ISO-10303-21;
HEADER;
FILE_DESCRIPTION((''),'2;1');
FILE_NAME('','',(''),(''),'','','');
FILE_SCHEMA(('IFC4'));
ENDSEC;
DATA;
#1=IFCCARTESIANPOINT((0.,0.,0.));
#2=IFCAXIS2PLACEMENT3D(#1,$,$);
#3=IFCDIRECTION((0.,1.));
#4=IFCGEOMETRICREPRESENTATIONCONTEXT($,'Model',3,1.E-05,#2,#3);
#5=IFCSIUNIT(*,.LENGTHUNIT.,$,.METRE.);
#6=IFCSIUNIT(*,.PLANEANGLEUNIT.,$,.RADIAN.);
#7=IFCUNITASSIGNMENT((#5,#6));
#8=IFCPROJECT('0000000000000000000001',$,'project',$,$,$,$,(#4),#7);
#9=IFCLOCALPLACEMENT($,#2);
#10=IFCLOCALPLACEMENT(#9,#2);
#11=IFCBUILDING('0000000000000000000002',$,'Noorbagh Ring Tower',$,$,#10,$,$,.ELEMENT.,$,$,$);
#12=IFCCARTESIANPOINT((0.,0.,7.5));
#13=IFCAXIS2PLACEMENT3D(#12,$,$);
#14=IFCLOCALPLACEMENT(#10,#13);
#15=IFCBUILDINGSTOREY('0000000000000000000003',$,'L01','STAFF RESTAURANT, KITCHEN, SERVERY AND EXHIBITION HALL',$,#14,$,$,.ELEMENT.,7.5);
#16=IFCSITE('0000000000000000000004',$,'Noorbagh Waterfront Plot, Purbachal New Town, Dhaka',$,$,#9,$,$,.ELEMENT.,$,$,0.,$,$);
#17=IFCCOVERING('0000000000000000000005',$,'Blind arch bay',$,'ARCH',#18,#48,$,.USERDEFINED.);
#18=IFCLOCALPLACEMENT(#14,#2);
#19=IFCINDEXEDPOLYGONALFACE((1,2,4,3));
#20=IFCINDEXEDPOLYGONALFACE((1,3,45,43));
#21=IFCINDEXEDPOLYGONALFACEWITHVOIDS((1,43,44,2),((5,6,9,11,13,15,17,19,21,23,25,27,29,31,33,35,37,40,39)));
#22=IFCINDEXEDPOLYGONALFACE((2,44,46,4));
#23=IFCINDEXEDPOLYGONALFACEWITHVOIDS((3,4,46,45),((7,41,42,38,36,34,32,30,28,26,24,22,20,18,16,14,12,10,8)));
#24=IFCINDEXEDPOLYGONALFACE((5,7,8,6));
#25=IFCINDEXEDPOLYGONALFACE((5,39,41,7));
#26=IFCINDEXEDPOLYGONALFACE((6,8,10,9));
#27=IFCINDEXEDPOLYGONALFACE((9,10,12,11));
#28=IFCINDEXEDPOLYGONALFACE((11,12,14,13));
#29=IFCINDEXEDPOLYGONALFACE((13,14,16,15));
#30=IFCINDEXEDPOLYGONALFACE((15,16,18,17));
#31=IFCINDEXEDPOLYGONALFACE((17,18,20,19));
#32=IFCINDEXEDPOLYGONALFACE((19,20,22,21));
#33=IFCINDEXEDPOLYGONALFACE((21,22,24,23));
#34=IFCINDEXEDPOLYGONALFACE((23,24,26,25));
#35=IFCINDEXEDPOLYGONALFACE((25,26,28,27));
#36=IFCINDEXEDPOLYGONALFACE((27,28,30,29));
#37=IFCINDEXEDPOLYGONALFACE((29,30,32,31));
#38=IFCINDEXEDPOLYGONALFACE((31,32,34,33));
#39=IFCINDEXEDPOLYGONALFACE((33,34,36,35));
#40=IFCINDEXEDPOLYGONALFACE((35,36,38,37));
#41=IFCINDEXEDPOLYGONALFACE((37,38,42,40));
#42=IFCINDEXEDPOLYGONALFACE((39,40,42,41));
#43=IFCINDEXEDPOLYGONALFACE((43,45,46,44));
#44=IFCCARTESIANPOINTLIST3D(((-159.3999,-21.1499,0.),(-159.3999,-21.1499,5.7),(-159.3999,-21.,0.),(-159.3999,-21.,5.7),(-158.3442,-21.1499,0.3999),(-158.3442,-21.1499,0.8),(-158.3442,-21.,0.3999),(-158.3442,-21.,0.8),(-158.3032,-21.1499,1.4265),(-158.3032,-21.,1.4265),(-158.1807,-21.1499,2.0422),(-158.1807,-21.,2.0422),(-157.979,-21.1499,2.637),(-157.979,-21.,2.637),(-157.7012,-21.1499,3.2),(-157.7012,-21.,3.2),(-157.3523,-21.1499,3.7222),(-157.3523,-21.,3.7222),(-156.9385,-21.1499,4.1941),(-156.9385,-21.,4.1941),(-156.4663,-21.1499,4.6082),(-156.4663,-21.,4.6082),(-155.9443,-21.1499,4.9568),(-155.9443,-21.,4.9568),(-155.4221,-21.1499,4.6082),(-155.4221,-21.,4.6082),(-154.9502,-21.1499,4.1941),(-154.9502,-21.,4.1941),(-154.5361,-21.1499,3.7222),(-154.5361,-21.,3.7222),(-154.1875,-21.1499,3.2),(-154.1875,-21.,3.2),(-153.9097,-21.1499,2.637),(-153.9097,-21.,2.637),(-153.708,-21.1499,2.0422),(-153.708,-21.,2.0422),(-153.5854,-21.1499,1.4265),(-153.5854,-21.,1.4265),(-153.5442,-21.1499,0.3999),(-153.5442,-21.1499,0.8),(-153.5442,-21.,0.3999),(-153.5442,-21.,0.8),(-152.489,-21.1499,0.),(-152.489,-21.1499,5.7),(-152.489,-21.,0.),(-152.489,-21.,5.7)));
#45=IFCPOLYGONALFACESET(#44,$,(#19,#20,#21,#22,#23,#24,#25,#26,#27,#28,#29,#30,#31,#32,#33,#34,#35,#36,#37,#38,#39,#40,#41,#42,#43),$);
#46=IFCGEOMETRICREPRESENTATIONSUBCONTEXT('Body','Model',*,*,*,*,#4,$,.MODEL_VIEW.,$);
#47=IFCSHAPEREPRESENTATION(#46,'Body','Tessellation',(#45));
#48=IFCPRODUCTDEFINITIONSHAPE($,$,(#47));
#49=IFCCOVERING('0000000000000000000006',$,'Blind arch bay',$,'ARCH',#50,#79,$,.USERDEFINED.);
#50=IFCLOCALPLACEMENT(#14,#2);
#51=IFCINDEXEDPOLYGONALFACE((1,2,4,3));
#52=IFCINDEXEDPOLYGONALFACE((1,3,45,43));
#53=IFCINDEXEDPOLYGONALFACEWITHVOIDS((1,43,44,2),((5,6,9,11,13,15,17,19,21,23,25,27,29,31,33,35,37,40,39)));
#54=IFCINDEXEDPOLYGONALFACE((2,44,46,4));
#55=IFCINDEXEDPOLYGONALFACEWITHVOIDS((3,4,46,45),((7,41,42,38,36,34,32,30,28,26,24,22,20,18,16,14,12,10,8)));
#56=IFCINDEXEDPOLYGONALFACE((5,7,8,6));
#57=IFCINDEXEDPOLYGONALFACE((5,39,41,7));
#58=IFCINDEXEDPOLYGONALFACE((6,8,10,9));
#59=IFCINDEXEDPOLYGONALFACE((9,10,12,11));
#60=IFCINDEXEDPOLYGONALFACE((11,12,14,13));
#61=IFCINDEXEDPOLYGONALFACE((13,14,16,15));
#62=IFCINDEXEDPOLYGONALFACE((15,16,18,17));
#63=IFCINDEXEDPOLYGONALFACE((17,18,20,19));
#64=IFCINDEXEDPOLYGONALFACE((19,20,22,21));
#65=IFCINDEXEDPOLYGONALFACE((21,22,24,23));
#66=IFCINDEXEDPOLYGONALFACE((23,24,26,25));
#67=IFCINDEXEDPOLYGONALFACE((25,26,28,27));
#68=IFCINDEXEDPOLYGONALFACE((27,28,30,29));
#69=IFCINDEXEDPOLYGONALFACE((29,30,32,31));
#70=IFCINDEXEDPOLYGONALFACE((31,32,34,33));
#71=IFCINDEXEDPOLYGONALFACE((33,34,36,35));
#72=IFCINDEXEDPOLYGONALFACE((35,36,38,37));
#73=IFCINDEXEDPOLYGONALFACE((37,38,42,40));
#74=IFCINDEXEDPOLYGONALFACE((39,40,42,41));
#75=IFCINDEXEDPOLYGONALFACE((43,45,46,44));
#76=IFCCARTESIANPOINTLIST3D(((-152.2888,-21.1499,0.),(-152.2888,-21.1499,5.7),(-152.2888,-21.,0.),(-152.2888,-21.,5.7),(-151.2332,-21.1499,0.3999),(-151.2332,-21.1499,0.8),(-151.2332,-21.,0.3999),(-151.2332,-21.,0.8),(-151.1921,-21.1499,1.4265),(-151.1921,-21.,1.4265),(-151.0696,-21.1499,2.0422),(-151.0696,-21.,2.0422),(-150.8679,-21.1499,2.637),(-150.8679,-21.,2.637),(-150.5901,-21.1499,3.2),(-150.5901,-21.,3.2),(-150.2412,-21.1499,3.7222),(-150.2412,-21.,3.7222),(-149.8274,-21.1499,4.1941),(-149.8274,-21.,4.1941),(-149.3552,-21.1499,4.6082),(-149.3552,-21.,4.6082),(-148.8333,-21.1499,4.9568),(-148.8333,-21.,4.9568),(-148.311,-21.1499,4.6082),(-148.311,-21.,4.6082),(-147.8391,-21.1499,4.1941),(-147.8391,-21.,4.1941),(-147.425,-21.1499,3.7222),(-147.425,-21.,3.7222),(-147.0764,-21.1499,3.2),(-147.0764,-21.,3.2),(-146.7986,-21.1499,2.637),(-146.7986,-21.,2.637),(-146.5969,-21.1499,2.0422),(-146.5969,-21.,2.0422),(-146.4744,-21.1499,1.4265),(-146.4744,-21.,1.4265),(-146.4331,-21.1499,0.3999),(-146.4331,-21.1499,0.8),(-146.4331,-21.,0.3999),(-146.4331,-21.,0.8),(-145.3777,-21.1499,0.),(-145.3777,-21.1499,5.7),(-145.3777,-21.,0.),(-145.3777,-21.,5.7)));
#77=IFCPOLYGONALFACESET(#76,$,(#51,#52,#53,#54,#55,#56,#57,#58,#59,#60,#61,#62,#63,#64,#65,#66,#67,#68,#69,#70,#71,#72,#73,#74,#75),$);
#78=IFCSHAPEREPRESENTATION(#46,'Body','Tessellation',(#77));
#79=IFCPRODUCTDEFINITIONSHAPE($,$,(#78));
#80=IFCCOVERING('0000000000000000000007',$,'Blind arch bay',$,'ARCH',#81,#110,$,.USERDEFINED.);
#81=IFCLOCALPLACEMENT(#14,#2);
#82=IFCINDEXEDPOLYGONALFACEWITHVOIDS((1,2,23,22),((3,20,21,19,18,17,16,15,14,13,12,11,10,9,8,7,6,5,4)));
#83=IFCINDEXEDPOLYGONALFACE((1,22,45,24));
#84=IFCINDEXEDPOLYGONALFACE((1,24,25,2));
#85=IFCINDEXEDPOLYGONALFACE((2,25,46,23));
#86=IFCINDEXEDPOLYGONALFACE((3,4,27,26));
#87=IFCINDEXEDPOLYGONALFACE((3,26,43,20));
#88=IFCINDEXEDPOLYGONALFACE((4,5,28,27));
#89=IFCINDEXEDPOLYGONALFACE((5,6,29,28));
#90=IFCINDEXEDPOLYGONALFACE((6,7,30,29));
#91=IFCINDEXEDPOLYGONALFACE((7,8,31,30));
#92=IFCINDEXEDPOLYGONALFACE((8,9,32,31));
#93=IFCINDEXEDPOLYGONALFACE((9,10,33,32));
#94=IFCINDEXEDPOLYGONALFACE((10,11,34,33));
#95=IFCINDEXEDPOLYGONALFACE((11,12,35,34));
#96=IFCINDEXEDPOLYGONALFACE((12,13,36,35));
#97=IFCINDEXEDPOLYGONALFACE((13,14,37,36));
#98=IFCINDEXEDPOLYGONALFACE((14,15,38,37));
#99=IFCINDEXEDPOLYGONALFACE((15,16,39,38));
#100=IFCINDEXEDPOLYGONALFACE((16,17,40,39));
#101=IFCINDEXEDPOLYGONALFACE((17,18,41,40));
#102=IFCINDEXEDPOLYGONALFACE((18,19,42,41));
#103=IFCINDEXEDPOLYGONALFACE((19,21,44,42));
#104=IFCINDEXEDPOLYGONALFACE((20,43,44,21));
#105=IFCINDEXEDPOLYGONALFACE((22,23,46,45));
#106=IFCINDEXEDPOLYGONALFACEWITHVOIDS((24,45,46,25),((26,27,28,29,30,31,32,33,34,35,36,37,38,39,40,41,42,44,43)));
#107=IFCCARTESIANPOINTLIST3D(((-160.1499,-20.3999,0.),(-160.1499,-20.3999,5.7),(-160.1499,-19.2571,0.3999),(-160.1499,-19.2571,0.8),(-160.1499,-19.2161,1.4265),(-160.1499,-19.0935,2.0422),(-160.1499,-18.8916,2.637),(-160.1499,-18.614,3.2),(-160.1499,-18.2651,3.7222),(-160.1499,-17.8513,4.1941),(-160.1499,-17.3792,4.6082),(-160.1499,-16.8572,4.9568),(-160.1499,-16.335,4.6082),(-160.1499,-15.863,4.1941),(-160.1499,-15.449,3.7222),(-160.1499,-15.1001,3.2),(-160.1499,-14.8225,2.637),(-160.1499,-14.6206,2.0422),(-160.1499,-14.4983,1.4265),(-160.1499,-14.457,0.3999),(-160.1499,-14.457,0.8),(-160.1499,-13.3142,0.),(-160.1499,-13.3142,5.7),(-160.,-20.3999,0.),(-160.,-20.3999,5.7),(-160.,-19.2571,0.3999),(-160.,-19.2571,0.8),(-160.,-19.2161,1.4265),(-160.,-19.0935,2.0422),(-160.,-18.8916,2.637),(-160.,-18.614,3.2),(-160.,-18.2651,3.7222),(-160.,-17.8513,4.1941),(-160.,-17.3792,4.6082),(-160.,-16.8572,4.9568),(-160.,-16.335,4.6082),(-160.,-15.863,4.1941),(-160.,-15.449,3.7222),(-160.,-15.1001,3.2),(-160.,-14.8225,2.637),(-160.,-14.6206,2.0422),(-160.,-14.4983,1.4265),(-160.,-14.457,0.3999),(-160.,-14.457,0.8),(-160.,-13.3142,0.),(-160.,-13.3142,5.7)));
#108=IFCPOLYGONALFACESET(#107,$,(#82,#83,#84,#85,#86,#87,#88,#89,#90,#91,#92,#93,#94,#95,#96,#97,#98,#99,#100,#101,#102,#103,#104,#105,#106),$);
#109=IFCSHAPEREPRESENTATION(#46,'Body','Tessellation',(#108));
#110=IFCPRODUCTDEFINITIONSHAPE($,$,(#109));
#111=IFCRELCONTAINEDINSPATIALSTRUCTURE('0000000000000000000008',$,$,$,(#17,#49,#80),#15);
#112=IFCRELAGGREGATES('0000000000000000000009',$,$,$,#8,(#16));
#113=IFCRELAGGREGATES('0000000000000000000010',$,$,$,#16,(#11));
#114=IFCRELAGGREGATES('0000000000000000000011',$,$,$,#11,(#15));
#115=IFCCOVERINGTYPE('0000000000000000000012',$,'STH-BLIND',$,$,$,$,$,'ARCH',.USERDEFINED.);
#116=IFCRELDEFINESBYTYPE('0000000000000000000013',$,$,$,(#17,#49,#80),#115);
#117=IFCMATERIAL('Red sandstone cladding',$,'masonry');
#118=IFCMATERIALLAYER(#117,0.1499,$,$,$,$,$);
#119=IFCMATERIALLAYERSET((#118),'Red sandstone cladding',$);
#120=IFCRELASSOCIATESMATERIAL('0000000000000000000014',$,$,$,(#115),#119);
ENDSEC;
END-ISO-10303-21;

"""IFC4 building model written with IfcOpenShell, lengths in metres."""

from ifc_helpers import new_model, si_unit, direction, frame, origin, place, context, subcontext, project, spatial, polyline, outline, extrude, material, layer, layer_set, type_object, element, save


model = new_model("IFC4")

# Units and contexts
model_context = context("Model", 3, precision=1e-05, world=origin(), true_north=direction((0.0, 1.0)))
body_context = subcontext(model_context, "Body", "Model", "MODEL_VIEW")
ifc_project = project(units=[si_unit("LENGTHUNIT", "METRE"), si_unit("PLANEANGLEUNIT", "RADIAN")], contexts=[model_context])

# Site, building, storey
site_placement = place(None, origin())
site = spatial("IfcSite", under=ifc_project, at=site_placement, Name="Noorbagh Waterfront Plot, Purbachal New Town, Dhaka", CompositionType="ELEMENT", RefElevation=0.0)
building_placement = place(site_placement, origin())
building = spatial("IfcBuilding", under=site, at=building_placement, Name="Noorbagh Ring Tower", CompositionType="ELEMENT")
storey_placement = place(building_placement, frame((0.0, 0.0, 7.5)))
storey = spatial("IfcBuildingStorey", under=building, at=storey_placement, Name="L01", Description="STAFF RESTAURANT, KITCHEN, SERVERY AND EXHIBITION HALL", CompositionType="ELEMENT", Elevation=7.5)

# Coverings
ifc_material_1 = material(Name="Red sandstone cladding", Category="masonry")
ifc_layer_1 = layer(ifc_material_1, 0.1499)
ifc_layer_set_1 = layer_set([ifc_layer_1], Name="Red sandstone cladding")
covering_type = type_object("IfcCoveringType", Name="STH-BLIND", ElementType="ARCH", PredefinedType="USERDEFINED", material=ifc_layer_set_1)
covering_1_placement = place(storey_placement, frame((-159.3999, -21.1499, 0.0), z_axis=(0.0, -1.0, 0.0), x_axis=(1.0, 0.0, 0.0)))
element("IfcCovering", 1, at=covering_1_placement, inside=storey, type_object=covering_type, Name="Blind arch bay", ObjectType="ARCH", PredefinedType="USERDEFINED", context=body_context, shape_type="SweptSolid", body=[
    extrude(outline(polyline([(0.0, 0.0), (6.9109, 0.0), (6.9109, 5.7), (0.0, 5.7), (0.0, 0.0)]), holes=[polyline([(1.0557, 0.3999), (1.0557, 0.8), (1.0967, 1.4265), (1.2192, 2.0422), (1.4209, 2.637), (1.6987, 3.2), (2.0476, 3.7222), (2.4614, 4.1941), (2.9336, 4.6082), (3.4556, 4.9568), (3.9778, 4.6082), (4.4497, 4.1941), (4.8638, 3.7222), (5.2124, 3.2), (5.4902, 2.637), (5.6919, 2.0422), (5.8145, 1.4265), (5.8557, 0.8), (5.8557, 0.3999), (1.0557, 0.3999)])]), origin(), (0.0, 0.0, -1.0), 0.1499),
])
covering_2_placement = place(storey_placement, frame((-152.2888, -21.1499, 0.0), z_axis=(0.0, -1.0, 0.0), x_axis=(1.0, 0.0, 0.0)))
element("IfcCovering", 2, at=covering_2_placement, inside=storey, type_object=covering_type, Name="Blind arch bay", ObjectType="ARCH", PredefinedType="USERDEFINED", context=body_context, shape_type="SweptSolid", body=[
    extrude(outline(polyline([(0.0, 0.0), (6.9111, 0.0), (6.9111, 5.7), (0.0, 5.7), (0.0, 0.0)]), holes=[polyline([(1.0557, 0.3999), (1.0557, 0.8), (1.0967, 1.4265), (1.2192, 2.0422), (1.4209, 2.637), (1.6987, 3.2), (2.0476, 3.7222), (2.4614, 4.1941), (2.9336, 4.6082), (3.4556, 4.9568), (3.9778, 4.6082), (4.4497, 4.1941), (4.8638, 3.7222), (5.2124, 3.2), (5.4902, 2.637), (5.6919, 2.0422), (5.8145, 1.4265), (5.8557, 0.8), (5.8557, 0.3999), (1.0557, 0.3999)])]), origin(), (0.0, 0.0, -1.0), 0.1499),
])
covering_3_placement = place(storey_placement, frame((-160.1499, -13.3142, 0.0), z_axis=(-1.0, 0.0, 0.0), x_axis=(0.0, -1.0, 0.0)))
element("IfcCovering", 3, at=covering_3_placement, inside=storey, type_object=covering_type, Name="Blind arch bay", ObjectType="ARCH", PredefinedType="USERDEFINED", context=body_context, shape_type="SweptSolid", body=[
    extrude(outline(polyline([(0.0, 0.0), (7.0857, 0.0), (7.0857, 5.7), (0.0, 5.7), (0.0, 0.0)]), holes=[polyline([(1.1428, 0.3999), (1.1428, 0.8), (1.1841, 1.4265), (1.3064, 2.0422), (1.5083, 2.637), (1.7859, 3.2), (2.1348, 3.7222), (2.5488, 4.1941), (3.0208, 4.6082), (3.543, 4.9568), (4.0649, 4.6082), (4.5371, 4.1941), (4.9509, 3.7222), (5.2998, 3.2), (5.5774, 2.637), (5.7793, 2.0422), (5.9019, 1.4265), (5.9429, 0.8), (5.9429, 0.3999), (1.1428, 0.3999)])]), origin(), (0.0, 0.0, -1.0), 0.1499),
])

save(model, "model.ifc")
